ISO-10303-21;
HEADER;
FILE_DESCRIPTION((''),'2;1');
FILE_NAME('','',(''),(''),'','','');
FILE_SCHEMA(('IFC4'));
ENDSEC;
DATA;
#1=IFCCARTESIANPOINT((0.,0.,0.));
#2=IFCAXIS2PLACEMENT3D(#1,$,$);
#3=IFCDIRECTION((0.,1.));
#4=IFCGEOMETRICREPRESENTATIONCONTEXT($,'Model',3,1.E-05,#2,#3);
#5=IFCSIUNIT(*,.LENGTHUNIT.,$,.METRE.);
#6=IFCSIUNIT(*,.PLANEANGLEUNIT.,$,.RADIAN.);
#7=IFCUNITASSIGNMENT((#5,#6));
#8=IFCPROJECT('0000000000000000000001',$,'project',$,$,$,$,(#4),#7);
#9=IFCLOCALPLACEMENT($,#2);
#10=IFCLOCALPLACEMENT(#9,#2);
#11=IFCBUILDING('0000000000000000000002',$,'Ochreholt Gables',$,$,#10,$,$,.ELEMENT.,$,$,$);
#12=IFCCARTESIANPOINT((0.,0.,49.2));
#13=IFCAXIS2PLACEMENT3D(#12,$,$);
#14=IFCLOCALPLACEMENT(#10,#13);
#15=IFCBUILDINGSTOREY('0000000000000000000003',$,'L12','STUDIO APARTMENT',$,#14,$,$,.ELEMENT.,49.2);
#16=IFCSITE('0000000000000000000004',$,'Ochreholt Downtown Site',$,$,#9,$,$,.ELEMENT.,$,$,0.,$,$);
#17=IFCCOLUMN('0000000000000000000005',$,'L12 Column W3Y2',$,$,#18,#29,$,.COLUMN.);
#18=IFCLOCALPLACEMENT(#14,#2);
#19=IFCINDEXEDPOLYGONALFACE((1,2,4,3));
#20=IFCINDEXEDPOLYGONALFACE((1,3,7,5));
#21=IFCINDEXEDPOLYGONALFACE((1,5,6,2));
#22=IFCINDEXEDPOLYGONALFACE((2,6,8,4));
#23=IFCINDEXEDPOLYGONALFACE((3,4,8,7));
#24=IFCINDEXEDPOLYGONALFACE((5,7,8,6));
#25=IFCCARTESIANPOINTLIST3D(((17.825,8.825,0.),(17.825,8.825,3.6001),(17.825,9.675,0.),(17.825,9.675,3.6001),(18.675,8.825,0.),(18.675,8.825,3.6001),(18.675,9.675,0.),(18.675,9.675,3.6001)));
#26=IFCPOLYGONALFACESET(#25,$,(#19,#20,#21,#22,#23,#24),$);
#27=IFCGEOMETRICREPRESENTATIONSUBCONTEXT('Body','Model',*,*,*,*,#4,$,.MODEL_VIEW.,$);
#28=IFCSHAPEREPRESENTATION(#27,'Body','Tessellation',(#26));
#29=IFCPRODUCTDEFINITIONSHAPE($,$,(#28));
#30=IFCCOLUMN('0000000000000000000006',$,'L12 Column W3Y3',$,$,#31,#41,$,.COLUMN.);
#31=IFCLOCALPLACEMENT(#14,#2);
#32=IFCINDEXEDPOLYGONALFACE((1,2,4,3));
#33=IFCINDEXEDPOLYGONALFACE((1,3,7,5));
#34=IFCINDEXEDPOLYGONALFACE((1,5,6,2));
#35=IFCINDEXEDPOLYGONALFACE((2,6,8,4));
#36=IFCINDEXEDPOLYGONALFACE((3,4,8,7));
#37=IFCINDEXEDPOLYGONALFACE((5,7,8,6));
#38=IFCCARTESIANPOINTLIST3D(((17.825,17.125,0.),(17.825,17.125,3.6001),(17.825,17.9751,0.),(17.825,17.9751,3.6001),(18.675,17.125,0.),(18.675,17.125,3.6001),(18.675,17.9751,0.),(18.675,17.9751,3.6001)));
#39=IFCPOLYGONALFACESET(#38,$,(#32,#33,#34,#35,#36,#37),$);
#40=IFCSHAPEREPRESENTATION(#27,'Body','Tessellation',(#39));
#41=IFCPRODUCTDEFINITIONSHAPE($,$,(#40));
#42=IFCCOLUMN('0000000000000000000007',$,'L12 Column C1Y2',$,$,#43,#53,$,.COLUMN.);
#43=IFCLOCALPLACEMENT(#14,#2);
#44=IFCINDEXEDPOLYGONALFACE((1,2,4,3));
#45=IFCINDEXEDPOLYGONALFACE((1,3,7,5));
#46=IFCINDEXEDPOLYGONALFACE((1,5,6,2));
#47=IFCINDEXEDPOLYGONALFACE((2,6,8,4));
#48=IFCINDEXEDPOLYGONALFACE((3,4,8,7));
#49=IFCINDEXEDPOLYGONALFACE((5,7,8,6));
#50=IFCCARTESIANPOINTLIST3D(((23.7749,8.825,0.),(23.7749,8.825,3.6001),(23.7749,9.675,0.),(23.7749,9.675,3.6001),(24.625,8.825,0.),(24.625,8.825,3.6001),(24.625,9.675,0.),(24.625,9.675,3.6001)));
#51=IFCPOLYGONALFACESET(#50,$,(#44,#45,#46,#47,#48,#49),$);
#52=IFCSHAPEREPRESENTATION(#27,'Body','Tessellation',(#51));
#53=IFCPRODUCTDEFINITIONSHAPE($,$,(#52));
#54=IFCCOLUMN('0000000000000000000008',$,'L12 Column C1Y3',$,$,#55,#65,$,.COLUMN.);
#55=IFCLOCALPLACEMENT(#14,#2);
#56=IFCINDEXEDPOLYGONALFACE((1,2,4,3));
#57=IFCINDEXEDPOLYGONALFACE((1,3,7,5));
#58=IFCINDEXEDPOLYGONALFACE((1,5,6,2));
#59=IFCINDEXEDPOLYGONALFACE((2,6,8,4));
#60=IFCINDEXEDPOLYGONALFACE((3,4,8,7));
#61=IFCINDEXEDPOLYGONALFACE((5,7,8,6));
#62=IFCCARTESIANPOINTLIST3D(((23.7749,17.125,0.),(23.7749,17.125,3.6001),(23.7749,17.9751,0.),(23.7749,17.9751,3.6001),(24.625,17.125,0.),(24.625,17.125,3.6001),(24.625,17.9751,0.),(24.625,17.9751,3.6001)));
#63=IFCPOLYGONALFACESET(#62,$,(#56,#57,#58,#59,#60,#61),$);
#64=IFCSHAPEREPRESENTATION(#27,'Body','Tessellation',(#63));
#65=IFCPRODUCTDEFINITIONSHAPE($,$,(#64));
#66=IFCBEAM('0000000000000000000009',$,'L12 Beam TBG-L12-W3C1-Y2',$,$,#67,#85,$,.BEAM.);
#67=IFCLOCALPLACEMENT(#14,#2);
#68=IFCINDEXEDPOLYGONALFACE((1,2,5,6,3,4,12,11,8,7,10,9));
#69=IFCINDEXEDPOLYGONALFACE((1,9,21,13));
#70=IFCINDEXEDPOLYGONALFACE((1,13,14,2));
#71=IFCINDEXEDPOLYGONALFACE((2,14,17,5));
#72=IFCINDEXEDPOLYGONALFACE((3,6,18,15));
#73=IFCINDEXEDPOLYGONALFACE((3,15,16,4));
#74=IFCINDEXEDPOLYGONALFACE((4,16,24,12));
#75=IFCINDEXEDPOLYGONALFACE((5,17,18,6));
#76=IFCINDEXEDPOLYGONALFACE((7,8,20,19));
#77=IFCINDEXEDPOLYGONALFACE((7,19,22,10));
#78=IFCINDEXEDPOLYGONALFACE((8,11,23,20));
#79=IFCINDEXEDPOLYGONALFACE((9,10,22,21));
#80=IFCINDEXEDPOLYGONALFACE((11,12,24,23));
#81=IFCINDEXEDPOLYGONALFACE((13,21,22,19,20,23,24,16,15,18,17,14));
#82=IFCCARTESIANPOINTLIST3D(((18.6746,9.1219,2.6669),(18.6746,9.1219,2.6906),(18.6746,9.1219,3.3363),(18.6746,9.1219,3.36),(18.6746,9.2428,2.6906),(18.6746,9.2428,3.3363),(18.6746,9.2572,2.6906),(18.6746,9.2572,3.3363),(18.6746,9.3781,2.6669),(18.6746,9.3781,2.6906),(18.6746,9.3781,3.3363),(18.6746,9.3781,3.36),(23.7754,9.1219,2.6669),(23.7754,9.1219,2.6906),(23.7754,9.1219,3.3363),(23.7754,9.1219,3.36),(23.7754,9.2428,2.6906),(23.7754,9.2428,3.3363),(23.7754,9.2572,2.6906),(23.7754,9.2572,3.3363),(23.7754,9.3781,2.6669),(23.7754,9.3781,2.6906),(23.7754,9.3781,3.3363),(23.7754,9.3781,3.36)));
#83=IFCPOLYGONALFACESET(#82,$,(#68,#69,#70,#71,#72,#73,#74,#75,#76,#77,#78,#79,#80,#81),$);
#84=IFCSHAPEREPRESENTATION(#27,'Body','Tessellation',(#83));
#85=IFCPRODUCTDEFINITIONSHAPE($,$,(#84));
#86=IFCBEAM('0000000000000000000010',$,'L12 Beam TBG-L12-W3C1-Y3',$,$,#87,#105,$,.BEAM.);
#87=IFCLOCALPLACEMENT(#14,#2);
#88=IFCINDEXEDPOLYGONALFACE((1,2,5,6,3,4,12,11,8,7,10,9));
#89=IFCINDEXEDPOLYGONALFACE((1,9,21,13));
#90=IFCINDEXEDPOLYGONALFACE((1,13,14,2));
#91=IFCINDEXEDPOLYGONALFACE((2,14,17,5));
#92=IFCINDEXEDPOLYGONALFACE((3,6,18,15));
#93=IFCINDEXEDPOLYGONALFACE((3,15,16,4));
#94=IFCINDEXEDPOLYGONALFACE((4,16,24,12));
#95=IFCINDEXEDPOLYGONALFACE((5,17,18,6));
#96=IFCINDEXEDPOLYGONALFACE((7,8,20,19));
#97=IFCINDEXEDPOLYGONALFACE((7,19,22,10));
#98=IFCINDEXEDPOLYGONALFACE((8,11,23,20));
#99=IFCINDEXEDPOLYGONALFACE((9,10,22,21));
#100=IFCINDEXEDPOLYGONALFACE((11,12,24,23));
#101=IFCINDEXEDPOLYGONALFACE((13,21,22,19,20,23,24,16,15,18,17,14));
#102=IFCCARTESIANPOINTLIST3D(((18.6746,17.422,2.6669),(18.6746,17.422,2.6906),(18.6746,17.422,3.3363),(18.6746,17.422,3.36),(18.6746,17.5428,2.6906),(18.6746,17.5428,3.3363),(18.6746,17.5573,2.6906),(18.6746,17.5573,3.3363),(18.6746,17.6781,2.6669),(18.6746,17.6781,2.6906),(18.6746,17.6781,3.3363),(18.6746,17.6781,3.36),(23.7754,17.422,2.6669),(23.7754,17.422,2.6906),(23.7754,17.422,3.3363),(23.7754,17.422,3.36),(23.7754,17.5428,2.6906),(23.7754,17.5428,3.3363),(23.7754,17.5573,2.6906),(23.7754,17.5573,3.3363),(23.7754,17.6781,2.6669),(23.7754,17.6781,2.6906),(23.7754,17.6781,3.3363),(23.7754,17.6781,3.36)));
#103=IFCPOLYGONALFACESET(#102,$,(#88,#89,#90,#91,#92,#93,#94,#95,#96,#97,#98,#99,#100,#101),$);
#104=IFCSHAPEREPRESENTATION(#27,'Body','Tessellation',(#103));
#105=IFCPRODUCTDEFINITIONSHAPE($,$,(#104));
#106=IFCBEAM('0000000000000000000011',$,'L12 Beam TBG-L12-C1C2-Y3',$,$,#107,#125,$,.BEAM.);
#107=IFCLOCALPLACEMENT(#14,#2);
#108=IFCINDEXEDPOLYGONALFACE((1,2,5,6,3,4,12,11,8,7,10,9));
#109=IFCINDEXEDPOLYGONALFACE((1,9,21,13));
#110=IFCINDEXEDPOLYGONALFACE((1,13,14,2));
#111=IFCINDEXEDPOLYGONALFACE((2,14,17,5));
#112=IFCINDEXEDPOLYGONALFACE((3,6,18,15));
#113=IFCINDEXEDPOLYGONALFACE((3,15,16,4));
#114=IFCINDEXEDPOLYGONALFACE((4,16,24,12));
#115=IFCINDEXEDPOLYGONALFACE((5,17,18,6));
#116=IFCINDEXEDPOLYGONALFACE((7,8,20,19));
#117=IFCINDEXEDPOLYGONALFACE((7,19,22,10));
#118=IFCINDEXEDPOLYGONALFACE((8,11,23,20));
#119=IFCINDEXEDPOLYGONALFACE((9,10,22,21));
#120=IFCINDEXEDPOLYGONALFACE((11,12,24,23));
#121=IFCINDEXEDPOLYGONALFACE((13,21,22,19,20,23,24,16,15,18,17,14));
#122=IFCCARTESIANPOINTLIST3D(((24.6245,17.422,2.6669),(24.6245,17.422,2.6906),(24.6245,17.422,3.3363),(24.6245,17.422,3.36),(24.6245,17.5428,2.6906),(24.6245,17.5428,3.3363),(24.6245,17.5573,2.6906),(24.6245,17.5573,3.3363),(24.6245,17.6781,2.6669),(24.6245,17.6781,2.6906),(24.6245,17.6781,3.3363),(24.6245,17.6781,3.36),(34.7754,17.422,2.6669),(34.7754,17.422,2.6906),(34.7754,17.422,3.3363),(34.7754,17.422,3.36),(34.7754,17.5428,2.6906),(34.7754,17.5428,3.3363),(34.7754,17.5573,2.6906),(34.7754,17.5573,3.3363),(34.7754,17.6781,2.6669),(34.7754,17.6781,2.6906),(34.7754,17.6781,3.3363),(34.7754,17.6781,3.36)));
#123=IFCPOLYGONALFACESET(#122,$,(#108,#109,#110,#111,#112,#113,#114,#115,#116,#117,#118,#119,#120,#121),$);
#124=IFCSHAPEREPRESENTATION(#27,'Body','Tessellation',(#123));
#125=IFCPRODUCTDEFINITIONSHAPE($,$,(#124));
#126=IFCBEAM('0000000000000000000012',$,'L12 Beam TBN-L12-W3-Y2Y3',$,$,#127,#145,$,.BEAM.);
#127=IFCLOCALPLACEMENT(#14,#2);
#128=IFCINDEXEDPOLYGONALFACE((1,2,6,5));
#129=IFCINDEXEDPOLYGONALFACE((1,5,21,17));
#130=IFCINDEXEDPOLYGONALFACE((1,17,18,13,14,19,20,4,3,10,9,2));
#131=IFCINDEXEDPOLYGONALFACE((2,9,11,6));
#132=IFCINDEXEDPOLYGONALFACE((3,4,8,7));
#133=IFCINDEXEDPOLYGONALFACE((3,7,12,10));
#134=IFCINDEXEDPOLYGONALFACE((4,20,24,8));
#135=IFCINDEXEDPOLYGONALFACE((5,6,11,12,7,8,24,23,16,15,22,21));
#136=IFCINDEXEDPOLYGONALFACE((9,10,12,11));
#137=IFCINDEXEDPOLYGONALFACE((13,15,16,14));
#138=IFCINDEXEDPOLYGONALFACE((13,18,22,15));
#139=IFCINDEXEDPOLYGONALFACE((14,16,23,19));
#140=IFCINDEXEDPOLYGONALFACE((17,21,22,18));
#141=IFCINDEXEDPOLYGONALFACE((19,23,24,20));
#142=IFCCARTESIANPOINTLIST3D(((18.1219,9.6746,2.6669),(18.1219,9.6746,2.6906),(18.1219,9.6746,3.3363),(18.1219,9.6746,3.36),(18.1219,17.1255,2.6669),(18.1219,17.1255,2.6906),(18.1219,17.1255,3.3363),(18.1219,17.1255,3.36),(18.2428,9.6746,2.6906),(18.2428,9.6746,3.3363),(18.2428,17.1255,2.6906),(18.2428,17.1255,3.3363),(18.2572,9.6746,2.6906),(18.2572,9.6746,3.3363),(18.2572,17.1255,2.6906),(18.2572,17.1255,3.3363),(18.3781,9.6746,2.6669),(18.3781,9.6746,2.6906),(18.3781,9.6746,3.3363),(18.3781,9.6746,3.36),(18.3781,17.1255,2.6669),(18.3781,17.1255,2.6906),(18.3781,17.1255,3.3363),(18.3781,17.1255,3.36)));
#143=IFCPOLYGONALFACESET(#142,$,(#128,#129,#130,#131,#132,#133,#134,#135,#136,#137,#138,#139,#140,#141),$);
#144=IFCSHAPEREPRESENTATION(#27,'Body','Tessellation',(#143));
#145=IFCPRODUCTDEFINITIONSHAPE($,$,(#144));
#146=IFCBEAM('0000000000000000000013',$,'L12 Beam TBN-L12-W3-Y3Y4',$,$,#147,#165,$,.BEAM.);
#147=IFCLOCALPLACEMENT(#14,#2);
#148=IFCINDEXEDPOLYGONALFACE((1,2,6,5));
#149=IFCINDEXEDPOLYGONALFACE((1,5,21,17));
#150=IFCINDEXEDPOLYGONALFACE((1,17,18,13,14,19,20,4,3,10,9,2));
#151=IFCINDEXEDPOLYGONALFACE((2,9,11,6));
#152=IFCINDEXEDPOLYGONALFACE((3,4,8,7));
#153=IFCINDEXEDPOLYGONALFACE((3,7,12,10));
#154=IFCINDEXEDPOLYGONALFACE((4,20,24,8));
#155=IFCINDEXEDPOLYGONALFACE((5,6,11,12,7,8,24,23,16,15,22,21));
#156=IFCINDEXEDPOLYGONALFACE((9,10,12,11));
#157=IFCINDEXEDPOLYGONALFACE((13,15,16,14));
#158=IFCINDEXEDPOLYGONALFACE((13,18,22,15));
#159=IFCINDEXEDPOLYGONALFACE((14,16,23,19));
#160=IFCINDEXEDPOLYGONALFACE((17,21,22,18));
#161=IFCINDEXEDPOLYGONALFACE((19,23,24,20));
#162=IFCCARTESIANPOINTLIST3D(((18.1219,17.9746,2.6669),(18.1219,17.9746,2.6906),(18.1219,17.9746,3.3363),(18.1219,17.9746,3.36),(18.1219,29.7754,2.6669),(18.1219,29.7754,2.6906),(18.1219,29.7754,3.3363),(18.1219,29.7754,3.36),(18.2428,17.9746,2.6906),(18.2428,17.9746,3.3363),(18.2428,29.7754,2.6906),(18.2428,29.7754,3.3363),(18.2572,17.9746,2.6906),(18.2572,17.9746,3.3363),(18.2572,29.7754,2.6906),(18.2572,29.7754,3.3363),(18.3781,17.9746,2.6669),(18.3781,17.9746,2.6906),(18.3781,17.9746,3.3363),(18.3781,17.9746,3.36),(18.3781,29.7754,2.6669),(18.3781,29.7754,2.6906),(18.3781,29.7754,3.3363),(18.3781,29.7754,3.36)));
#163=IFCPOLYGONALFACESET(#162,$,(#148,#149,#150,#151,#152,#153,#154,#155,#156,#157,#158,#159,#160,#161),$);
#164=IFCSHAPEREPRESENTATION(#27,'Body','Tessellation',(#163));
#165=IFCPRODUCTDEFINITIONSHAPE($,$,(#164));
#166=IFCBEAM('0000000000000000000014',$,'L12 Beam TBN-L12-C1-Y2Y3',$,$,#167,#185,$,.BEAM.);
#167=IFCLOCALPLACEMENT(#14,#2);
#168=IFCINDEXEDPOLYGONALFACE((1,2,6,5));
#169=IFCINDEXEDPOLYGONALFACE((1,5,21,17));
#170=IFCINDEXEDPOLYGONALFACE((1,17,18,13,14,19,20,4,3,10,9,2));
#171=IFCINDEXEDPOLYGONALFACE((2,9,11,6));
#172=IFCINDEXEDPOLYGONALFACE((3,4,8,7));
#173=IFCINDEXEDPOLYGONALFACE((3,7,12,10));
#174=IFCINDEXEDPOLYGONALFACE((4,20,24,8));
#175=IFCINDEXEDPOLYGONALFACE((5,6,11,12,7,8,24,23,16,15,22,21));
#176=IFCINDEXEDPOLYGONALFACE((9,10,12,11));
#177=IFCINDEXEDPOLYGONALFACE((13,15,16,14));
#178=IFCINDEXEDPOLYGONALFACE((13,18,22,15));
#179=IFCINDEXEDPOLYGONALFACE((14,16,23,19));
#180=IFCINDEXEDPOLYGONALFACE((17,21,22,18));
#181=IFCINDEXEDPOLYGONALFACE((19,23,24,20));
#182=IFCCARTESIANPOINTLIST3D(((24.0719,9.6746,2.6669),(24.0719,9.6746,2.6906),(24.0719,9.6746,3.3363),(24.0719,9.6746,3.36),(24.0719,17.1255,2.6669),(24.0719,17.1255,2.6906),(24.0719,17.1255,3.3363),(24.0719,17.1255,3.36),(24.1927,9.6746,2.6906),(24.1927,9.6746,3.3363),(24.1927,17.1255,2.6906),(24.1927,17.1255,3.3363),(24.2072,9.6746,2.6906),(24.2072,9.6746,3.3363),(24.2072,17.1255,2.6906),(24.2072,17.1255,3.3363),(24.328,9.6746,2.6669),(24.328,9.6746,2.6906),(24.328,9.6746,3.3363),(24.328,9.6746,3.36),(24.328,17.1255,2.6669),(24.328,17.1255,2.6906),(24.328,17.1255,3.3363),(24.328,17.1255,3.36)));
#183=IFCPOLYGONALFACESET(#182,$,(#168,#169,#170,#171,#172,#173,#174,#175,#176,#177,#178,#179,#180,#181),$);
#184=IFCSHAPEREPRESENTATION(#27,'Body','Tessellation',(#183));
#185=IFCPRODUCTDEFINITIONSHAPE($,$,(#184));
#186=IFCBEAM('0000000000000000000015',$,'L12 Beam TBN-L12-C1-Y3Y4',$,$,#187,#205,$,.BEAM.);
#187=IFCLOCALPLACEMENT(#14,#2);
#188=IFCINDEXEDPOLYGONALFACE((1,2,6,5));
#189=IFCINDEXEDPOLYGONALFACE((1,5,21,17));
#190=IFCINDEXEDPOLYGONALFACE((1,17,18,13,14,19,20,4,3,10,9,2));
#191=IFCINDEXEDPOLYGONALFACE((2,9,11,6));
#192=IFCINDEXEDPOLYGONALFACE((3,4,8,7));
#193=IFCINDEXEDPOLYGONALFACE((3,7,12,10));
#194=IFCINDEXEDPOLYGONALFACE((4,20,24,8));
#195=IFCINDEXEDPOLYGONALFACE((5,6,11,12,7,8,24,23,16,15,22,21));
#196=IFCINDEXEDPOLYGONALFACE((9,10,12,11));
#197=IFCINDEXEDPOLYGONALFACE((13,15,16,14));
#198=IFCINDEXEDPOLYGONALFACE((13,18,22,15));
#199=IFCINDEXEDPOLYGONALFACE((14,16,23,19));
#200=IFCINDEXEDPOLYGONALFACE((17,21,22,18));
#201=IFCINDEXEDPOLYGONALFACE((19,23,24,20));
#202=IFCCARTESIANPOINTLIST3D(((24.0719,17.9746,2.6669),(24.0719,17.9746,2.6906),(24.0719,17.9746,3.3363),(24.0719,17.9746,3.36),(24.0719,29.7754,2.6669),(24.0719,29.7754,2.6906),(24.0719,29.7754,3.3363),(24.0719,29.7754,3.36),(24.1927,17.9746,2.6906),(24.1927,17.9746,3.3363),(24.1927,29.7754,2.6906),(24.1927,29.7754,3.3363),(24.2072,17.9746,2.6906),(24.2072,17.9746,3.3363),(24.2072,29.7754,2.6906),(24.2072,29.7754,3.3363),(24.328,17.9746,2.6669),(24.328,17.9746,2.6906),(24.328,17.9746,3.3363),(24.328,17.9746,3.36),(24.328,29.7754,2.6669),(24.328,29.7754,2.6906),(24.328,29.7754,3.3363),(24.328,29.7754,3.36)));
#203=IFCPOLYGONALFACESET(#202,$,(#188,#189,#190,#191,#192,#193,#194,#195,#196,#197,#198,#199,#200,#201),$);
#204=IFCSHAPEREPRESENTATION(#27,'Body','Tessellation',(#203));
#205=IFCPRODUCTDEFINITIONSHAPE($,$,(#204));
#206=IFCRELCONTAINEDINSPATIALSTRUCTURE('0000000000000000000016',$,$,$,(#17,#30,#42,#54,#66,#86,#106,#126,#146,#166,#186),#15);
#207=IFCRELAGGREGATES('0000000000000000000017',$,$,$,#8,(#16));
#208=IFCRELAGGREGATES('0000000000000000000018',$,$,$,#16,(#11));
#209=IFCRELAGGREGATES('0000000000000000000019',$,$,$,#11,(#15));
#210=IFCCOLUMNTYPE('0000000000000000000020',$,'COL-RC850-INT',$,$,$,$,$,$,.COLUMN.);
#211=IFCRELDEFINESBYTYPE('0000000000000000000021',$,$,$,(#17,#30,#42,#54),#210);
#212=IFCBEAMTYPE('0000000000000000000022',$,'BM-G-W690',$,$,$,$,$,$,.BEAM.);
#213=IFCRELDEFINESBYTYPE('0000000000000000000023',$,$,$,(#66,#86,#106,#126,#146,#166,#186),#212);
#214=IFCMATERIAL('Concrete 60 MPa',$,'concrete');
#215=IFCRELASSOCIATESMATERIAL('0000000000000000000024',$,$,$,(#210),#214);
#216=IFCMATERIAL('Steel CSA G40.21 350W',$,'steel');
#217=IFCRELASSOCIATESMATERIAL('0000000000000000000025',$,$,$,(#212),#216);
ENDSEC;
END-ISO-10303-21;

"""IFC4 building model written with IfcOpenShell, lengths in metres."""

from ifc_helpers import new_model, si_unit, direction, frame, origin, origin_2d, place, context, subcontext, project, spatial, rectangle, i_section, extrude, material, material_profile, profile_set, type_object, element, save


model = new_model("IFC4")

# Units and contexts
model_context = context("Model", 3, precision=1e-05, world=origin(), true_north=direction((0.0, 1.0)))
body_context = subcontext(model_context, "Body", "Model", "MODEL_VIEW")
ifc_project = project(units=[si_unit("LENGTHUNIT", "METRE"), si_unit("PLANEANGLEUNIT", "RADIAN")], contexts=[model_context])

# Site, building, storey
site_placement = place(None, origin())
site = spatial("IfcSite", under=ifc_project, at=site_placement, Name="Ochreholt Downtown Site", CompositionType="ELEMENT", RefElevation=0.0)
building_placement = place(site_placement, origin())
building = spatial("IfcBuilding", under=site, at=building_placement, Name="Ochreholt Gables", CompositionType="ELEMENT")
storey_placement = place(building_placement, frame((0.0, 0.0, 49.2)))
storey = spatial("IfcBuildingStorey", under=building, at=storey_placement, Name="L12", Description="STUDIO APARTMENT", CompositionType="ELEMENT", Elevation=49.2)

# Columns
ifc_material_1 = material(Name="Concrete 60 MPa", Category="concrete")
ifc_material_profile_1 = material_profile(ifc_material_1, rectangle(XDim=0.8501, YDim=0.8501, at=origin_2d()), Name="RC850X850")
ifc_profile_set_1 = profile_set([ifc_material_profile_1], Name="Concrete 60 MPa")
column_type = type_object("IfcColumnType", Name="COL-RC850-INT", PredefinedType="COLUMN", material=ifc_profile_set_1)
for number, where, z_axis, x_axis, name in (
    (1, (18.25, 9.25, 0.0), (0.0, 0.0, 1.0), (1.0, 0.0, 0.0), "L12 Column W3Y2"),
    (2, (18.25, 17.55, 0.0), (0.0, 0.0, 1.0), (1.0, 0.0, 0.0), "L12 Column W3Y3"),
    (3, (24.2, 9.25, 0.0), (0.0, 0.0, 1.0), (1.0, 0.0, 0.0), "L12 Column C1Y2"),
    (4, (24.2, 17.55, 0.0), (0.0, 0.0, 1.0), (1.0, 0.0, 0.0), "L12 Column C1Y3"),
):
    element("IfcColumn", number, at=place(storey_placement, frame(where, z_axis=z_axis, x_axis=x_axis)), inside=storey, type_object=column_type, Name=name, PredefinedType="COLUMN", context=body_context, shape_type="SweptSolid", body=[
        extrude(rectangle(XDim=0.8501, YDim=0.8501, at=origin_2d()), origin(), (0.0, 0.0, 1.0), 3.6001),
    ])

# Beams
ifc_material_2 = material(Name="Steel CSA G40.21 350W", Category="steel")
ifc_material_profile_2 = material_profile(ifc_material_2, i_section(OverallWidth=0.2561, OverallDepth=0.6931, WebThickness=0.0144, FlangeThickness=0.0237, at=origin_2d()), Name="W690X170")
ifc_profile_set_2 = profile_set([ifc_material_profile_2], Name="Steel CSA G40.21 350W")
beam_type_1 = type_object("IfcBeamType", Name="BM-G-W690", PredefinedType="BEAM", material=ifc_profile_set_2)
for number, where, z_axis, x_axis, name in (
    (5, (18.6746, 9.25, 3.0134), (1.0, 0.0, 0.0), (0.0, 1.0, 0.0), "L12 Beam TBG-L12-W3C1-Y2"),
    (6, (18.6746, 17.55, 3.0134), (1.0, 0.0, 0.0), (0.0, 1.0, 0.0), "L12 Beam TBG-L12-W3C1-Y3"),
):
    element("IfcBeam", number, at=place(storey_placement, frame(where, z_axis=z_axis, x_axis=x_axis)), inside=storey, type_object=beam_type_1, Name=name, PredefinedType="BEAM", context=body_context, shape_type="SweptSolid", body=[
        extrude(i_section(OverallWidth=0.2561, OverallDepth=0.6931, WebThickness=0.0144, FlangeThickness=0.0237, at=origin_2d()), origin(), (0.0, 0.0, 1.0), 5.1008),
    ])
beam_1_placement = place(storey_placement, frame((24.6245, 17.55, 3.0134), z_axis=(1.0, 0.0, 0.0), x_axis=(0.0, 1.0, 0.0)))
element("IfcBeam", 7, at=beam_1_placement, inside=storey, type_object=beam_type_1, Name="L12 Beam TBG-L12-C1C2-Y3", PredefinedType="BEAM", context=body_context, shape_type="SweptSolid", body=[
    extrude(i_section(OverallWidth=0.2561, OverallDepth=0.6931, WebThickness=0.0144, FlangeThickness=0.0237, at=origin_2d()), origin(), (0.0, 0.0, 1.0), 10.1509),
])
beam_2_placement = place(storey_placement, frame((18.25, 9.6746, 3.0134), z_axis=(0.0, 1.0, 0.0), x_axis=(-1.0, 0.0, 0.0)))
element("IfcBeam", 8, at=beam_2_placement, inside=storey, type_object=beam_type_1, Name="L12 Beam TBN-L12-W3-Y2Y3", PredefinedType="BEAM", context=body_context, shape_type="SweptSolid", body=[
    extrude(i_section(OverallWidth=0.2561, OverallDepth=0.6931, WebThickness=0.0144, FlangeThickness=0.0237, at=origin_2d()), origin(), (0.0, 0.0, 1.0), 7.4509),
])
beam_3_placement = place(storey_placement, frame((18.25, 17.9746, 3.0134), z_axis=(0.0, 1.0, 0.0), x_axis=(-1.0, 0.0, 0.0)))
element("IfcBeam", 9, at=beam_3_placement, inside=storey, type_object=beam_type_1, Name="L12 Beam TBN-L12-W3-Y3Y4", PredefinedType="BEAM", context=body_context, shape_type="SweptSolid", body=[
    extrude(i_section(OverallWidth=0.2561, OverallDepth=0.6931, WebThickness=0.0144, FlangeThickness=0.0237, at=origin_2d()), origin(), (0.0, 0.0, 1.0), 11.8008),
])
beam_4_placement = place(storey_placement, frame((24.2, 9.6746, 3.0134), z_axis=(0.0, 1.0, 0.0), x_axis=(-1.0, 0.0, 0.0)))
element("IfcBeam", 10, at=beam_4_placement, inside=storey, type_object=beam_type_1, Name="L12 Beam TBN-L12-C1-Y2Y3", PredefinedType="BEAM", context=body_context, shape_type="SweptSolid", body=[
    extrude(i_section(OverallWidth=0.2561, OverallDepth=0.6931, WebThickness=0.0144, FlangeThickness=0.0237, at=origin_2d()), origin(), (0.0, 0.0, 1.0), 7.4509),
])
beam_5_placement = place(storey_placement, frame((24.2, 17.9746, 3.0134), z_axis=(0.0, 1.0, 0.0), x_axis=(-1.0, 0.0, 0.0)))
element("IfcBeam", 11, at=beam_5_placement, inside=storey, type_object=beam_type_1, Name="L12 Beam TBN-L12-C1-Y3Y4", PredefinedType="BEAM", context=body_context, shape_type="SweptSolid", body=[
    extrude(i_section(OverallWidth=0.2561, OverallDepth=0.6931, WebThickness=0.0144, FlangeThickness=0.0237, at=origin_2d()), origin(), (0.0, 0.0, 1.0), 11.8008),
])

save(model, "model.ifc")
